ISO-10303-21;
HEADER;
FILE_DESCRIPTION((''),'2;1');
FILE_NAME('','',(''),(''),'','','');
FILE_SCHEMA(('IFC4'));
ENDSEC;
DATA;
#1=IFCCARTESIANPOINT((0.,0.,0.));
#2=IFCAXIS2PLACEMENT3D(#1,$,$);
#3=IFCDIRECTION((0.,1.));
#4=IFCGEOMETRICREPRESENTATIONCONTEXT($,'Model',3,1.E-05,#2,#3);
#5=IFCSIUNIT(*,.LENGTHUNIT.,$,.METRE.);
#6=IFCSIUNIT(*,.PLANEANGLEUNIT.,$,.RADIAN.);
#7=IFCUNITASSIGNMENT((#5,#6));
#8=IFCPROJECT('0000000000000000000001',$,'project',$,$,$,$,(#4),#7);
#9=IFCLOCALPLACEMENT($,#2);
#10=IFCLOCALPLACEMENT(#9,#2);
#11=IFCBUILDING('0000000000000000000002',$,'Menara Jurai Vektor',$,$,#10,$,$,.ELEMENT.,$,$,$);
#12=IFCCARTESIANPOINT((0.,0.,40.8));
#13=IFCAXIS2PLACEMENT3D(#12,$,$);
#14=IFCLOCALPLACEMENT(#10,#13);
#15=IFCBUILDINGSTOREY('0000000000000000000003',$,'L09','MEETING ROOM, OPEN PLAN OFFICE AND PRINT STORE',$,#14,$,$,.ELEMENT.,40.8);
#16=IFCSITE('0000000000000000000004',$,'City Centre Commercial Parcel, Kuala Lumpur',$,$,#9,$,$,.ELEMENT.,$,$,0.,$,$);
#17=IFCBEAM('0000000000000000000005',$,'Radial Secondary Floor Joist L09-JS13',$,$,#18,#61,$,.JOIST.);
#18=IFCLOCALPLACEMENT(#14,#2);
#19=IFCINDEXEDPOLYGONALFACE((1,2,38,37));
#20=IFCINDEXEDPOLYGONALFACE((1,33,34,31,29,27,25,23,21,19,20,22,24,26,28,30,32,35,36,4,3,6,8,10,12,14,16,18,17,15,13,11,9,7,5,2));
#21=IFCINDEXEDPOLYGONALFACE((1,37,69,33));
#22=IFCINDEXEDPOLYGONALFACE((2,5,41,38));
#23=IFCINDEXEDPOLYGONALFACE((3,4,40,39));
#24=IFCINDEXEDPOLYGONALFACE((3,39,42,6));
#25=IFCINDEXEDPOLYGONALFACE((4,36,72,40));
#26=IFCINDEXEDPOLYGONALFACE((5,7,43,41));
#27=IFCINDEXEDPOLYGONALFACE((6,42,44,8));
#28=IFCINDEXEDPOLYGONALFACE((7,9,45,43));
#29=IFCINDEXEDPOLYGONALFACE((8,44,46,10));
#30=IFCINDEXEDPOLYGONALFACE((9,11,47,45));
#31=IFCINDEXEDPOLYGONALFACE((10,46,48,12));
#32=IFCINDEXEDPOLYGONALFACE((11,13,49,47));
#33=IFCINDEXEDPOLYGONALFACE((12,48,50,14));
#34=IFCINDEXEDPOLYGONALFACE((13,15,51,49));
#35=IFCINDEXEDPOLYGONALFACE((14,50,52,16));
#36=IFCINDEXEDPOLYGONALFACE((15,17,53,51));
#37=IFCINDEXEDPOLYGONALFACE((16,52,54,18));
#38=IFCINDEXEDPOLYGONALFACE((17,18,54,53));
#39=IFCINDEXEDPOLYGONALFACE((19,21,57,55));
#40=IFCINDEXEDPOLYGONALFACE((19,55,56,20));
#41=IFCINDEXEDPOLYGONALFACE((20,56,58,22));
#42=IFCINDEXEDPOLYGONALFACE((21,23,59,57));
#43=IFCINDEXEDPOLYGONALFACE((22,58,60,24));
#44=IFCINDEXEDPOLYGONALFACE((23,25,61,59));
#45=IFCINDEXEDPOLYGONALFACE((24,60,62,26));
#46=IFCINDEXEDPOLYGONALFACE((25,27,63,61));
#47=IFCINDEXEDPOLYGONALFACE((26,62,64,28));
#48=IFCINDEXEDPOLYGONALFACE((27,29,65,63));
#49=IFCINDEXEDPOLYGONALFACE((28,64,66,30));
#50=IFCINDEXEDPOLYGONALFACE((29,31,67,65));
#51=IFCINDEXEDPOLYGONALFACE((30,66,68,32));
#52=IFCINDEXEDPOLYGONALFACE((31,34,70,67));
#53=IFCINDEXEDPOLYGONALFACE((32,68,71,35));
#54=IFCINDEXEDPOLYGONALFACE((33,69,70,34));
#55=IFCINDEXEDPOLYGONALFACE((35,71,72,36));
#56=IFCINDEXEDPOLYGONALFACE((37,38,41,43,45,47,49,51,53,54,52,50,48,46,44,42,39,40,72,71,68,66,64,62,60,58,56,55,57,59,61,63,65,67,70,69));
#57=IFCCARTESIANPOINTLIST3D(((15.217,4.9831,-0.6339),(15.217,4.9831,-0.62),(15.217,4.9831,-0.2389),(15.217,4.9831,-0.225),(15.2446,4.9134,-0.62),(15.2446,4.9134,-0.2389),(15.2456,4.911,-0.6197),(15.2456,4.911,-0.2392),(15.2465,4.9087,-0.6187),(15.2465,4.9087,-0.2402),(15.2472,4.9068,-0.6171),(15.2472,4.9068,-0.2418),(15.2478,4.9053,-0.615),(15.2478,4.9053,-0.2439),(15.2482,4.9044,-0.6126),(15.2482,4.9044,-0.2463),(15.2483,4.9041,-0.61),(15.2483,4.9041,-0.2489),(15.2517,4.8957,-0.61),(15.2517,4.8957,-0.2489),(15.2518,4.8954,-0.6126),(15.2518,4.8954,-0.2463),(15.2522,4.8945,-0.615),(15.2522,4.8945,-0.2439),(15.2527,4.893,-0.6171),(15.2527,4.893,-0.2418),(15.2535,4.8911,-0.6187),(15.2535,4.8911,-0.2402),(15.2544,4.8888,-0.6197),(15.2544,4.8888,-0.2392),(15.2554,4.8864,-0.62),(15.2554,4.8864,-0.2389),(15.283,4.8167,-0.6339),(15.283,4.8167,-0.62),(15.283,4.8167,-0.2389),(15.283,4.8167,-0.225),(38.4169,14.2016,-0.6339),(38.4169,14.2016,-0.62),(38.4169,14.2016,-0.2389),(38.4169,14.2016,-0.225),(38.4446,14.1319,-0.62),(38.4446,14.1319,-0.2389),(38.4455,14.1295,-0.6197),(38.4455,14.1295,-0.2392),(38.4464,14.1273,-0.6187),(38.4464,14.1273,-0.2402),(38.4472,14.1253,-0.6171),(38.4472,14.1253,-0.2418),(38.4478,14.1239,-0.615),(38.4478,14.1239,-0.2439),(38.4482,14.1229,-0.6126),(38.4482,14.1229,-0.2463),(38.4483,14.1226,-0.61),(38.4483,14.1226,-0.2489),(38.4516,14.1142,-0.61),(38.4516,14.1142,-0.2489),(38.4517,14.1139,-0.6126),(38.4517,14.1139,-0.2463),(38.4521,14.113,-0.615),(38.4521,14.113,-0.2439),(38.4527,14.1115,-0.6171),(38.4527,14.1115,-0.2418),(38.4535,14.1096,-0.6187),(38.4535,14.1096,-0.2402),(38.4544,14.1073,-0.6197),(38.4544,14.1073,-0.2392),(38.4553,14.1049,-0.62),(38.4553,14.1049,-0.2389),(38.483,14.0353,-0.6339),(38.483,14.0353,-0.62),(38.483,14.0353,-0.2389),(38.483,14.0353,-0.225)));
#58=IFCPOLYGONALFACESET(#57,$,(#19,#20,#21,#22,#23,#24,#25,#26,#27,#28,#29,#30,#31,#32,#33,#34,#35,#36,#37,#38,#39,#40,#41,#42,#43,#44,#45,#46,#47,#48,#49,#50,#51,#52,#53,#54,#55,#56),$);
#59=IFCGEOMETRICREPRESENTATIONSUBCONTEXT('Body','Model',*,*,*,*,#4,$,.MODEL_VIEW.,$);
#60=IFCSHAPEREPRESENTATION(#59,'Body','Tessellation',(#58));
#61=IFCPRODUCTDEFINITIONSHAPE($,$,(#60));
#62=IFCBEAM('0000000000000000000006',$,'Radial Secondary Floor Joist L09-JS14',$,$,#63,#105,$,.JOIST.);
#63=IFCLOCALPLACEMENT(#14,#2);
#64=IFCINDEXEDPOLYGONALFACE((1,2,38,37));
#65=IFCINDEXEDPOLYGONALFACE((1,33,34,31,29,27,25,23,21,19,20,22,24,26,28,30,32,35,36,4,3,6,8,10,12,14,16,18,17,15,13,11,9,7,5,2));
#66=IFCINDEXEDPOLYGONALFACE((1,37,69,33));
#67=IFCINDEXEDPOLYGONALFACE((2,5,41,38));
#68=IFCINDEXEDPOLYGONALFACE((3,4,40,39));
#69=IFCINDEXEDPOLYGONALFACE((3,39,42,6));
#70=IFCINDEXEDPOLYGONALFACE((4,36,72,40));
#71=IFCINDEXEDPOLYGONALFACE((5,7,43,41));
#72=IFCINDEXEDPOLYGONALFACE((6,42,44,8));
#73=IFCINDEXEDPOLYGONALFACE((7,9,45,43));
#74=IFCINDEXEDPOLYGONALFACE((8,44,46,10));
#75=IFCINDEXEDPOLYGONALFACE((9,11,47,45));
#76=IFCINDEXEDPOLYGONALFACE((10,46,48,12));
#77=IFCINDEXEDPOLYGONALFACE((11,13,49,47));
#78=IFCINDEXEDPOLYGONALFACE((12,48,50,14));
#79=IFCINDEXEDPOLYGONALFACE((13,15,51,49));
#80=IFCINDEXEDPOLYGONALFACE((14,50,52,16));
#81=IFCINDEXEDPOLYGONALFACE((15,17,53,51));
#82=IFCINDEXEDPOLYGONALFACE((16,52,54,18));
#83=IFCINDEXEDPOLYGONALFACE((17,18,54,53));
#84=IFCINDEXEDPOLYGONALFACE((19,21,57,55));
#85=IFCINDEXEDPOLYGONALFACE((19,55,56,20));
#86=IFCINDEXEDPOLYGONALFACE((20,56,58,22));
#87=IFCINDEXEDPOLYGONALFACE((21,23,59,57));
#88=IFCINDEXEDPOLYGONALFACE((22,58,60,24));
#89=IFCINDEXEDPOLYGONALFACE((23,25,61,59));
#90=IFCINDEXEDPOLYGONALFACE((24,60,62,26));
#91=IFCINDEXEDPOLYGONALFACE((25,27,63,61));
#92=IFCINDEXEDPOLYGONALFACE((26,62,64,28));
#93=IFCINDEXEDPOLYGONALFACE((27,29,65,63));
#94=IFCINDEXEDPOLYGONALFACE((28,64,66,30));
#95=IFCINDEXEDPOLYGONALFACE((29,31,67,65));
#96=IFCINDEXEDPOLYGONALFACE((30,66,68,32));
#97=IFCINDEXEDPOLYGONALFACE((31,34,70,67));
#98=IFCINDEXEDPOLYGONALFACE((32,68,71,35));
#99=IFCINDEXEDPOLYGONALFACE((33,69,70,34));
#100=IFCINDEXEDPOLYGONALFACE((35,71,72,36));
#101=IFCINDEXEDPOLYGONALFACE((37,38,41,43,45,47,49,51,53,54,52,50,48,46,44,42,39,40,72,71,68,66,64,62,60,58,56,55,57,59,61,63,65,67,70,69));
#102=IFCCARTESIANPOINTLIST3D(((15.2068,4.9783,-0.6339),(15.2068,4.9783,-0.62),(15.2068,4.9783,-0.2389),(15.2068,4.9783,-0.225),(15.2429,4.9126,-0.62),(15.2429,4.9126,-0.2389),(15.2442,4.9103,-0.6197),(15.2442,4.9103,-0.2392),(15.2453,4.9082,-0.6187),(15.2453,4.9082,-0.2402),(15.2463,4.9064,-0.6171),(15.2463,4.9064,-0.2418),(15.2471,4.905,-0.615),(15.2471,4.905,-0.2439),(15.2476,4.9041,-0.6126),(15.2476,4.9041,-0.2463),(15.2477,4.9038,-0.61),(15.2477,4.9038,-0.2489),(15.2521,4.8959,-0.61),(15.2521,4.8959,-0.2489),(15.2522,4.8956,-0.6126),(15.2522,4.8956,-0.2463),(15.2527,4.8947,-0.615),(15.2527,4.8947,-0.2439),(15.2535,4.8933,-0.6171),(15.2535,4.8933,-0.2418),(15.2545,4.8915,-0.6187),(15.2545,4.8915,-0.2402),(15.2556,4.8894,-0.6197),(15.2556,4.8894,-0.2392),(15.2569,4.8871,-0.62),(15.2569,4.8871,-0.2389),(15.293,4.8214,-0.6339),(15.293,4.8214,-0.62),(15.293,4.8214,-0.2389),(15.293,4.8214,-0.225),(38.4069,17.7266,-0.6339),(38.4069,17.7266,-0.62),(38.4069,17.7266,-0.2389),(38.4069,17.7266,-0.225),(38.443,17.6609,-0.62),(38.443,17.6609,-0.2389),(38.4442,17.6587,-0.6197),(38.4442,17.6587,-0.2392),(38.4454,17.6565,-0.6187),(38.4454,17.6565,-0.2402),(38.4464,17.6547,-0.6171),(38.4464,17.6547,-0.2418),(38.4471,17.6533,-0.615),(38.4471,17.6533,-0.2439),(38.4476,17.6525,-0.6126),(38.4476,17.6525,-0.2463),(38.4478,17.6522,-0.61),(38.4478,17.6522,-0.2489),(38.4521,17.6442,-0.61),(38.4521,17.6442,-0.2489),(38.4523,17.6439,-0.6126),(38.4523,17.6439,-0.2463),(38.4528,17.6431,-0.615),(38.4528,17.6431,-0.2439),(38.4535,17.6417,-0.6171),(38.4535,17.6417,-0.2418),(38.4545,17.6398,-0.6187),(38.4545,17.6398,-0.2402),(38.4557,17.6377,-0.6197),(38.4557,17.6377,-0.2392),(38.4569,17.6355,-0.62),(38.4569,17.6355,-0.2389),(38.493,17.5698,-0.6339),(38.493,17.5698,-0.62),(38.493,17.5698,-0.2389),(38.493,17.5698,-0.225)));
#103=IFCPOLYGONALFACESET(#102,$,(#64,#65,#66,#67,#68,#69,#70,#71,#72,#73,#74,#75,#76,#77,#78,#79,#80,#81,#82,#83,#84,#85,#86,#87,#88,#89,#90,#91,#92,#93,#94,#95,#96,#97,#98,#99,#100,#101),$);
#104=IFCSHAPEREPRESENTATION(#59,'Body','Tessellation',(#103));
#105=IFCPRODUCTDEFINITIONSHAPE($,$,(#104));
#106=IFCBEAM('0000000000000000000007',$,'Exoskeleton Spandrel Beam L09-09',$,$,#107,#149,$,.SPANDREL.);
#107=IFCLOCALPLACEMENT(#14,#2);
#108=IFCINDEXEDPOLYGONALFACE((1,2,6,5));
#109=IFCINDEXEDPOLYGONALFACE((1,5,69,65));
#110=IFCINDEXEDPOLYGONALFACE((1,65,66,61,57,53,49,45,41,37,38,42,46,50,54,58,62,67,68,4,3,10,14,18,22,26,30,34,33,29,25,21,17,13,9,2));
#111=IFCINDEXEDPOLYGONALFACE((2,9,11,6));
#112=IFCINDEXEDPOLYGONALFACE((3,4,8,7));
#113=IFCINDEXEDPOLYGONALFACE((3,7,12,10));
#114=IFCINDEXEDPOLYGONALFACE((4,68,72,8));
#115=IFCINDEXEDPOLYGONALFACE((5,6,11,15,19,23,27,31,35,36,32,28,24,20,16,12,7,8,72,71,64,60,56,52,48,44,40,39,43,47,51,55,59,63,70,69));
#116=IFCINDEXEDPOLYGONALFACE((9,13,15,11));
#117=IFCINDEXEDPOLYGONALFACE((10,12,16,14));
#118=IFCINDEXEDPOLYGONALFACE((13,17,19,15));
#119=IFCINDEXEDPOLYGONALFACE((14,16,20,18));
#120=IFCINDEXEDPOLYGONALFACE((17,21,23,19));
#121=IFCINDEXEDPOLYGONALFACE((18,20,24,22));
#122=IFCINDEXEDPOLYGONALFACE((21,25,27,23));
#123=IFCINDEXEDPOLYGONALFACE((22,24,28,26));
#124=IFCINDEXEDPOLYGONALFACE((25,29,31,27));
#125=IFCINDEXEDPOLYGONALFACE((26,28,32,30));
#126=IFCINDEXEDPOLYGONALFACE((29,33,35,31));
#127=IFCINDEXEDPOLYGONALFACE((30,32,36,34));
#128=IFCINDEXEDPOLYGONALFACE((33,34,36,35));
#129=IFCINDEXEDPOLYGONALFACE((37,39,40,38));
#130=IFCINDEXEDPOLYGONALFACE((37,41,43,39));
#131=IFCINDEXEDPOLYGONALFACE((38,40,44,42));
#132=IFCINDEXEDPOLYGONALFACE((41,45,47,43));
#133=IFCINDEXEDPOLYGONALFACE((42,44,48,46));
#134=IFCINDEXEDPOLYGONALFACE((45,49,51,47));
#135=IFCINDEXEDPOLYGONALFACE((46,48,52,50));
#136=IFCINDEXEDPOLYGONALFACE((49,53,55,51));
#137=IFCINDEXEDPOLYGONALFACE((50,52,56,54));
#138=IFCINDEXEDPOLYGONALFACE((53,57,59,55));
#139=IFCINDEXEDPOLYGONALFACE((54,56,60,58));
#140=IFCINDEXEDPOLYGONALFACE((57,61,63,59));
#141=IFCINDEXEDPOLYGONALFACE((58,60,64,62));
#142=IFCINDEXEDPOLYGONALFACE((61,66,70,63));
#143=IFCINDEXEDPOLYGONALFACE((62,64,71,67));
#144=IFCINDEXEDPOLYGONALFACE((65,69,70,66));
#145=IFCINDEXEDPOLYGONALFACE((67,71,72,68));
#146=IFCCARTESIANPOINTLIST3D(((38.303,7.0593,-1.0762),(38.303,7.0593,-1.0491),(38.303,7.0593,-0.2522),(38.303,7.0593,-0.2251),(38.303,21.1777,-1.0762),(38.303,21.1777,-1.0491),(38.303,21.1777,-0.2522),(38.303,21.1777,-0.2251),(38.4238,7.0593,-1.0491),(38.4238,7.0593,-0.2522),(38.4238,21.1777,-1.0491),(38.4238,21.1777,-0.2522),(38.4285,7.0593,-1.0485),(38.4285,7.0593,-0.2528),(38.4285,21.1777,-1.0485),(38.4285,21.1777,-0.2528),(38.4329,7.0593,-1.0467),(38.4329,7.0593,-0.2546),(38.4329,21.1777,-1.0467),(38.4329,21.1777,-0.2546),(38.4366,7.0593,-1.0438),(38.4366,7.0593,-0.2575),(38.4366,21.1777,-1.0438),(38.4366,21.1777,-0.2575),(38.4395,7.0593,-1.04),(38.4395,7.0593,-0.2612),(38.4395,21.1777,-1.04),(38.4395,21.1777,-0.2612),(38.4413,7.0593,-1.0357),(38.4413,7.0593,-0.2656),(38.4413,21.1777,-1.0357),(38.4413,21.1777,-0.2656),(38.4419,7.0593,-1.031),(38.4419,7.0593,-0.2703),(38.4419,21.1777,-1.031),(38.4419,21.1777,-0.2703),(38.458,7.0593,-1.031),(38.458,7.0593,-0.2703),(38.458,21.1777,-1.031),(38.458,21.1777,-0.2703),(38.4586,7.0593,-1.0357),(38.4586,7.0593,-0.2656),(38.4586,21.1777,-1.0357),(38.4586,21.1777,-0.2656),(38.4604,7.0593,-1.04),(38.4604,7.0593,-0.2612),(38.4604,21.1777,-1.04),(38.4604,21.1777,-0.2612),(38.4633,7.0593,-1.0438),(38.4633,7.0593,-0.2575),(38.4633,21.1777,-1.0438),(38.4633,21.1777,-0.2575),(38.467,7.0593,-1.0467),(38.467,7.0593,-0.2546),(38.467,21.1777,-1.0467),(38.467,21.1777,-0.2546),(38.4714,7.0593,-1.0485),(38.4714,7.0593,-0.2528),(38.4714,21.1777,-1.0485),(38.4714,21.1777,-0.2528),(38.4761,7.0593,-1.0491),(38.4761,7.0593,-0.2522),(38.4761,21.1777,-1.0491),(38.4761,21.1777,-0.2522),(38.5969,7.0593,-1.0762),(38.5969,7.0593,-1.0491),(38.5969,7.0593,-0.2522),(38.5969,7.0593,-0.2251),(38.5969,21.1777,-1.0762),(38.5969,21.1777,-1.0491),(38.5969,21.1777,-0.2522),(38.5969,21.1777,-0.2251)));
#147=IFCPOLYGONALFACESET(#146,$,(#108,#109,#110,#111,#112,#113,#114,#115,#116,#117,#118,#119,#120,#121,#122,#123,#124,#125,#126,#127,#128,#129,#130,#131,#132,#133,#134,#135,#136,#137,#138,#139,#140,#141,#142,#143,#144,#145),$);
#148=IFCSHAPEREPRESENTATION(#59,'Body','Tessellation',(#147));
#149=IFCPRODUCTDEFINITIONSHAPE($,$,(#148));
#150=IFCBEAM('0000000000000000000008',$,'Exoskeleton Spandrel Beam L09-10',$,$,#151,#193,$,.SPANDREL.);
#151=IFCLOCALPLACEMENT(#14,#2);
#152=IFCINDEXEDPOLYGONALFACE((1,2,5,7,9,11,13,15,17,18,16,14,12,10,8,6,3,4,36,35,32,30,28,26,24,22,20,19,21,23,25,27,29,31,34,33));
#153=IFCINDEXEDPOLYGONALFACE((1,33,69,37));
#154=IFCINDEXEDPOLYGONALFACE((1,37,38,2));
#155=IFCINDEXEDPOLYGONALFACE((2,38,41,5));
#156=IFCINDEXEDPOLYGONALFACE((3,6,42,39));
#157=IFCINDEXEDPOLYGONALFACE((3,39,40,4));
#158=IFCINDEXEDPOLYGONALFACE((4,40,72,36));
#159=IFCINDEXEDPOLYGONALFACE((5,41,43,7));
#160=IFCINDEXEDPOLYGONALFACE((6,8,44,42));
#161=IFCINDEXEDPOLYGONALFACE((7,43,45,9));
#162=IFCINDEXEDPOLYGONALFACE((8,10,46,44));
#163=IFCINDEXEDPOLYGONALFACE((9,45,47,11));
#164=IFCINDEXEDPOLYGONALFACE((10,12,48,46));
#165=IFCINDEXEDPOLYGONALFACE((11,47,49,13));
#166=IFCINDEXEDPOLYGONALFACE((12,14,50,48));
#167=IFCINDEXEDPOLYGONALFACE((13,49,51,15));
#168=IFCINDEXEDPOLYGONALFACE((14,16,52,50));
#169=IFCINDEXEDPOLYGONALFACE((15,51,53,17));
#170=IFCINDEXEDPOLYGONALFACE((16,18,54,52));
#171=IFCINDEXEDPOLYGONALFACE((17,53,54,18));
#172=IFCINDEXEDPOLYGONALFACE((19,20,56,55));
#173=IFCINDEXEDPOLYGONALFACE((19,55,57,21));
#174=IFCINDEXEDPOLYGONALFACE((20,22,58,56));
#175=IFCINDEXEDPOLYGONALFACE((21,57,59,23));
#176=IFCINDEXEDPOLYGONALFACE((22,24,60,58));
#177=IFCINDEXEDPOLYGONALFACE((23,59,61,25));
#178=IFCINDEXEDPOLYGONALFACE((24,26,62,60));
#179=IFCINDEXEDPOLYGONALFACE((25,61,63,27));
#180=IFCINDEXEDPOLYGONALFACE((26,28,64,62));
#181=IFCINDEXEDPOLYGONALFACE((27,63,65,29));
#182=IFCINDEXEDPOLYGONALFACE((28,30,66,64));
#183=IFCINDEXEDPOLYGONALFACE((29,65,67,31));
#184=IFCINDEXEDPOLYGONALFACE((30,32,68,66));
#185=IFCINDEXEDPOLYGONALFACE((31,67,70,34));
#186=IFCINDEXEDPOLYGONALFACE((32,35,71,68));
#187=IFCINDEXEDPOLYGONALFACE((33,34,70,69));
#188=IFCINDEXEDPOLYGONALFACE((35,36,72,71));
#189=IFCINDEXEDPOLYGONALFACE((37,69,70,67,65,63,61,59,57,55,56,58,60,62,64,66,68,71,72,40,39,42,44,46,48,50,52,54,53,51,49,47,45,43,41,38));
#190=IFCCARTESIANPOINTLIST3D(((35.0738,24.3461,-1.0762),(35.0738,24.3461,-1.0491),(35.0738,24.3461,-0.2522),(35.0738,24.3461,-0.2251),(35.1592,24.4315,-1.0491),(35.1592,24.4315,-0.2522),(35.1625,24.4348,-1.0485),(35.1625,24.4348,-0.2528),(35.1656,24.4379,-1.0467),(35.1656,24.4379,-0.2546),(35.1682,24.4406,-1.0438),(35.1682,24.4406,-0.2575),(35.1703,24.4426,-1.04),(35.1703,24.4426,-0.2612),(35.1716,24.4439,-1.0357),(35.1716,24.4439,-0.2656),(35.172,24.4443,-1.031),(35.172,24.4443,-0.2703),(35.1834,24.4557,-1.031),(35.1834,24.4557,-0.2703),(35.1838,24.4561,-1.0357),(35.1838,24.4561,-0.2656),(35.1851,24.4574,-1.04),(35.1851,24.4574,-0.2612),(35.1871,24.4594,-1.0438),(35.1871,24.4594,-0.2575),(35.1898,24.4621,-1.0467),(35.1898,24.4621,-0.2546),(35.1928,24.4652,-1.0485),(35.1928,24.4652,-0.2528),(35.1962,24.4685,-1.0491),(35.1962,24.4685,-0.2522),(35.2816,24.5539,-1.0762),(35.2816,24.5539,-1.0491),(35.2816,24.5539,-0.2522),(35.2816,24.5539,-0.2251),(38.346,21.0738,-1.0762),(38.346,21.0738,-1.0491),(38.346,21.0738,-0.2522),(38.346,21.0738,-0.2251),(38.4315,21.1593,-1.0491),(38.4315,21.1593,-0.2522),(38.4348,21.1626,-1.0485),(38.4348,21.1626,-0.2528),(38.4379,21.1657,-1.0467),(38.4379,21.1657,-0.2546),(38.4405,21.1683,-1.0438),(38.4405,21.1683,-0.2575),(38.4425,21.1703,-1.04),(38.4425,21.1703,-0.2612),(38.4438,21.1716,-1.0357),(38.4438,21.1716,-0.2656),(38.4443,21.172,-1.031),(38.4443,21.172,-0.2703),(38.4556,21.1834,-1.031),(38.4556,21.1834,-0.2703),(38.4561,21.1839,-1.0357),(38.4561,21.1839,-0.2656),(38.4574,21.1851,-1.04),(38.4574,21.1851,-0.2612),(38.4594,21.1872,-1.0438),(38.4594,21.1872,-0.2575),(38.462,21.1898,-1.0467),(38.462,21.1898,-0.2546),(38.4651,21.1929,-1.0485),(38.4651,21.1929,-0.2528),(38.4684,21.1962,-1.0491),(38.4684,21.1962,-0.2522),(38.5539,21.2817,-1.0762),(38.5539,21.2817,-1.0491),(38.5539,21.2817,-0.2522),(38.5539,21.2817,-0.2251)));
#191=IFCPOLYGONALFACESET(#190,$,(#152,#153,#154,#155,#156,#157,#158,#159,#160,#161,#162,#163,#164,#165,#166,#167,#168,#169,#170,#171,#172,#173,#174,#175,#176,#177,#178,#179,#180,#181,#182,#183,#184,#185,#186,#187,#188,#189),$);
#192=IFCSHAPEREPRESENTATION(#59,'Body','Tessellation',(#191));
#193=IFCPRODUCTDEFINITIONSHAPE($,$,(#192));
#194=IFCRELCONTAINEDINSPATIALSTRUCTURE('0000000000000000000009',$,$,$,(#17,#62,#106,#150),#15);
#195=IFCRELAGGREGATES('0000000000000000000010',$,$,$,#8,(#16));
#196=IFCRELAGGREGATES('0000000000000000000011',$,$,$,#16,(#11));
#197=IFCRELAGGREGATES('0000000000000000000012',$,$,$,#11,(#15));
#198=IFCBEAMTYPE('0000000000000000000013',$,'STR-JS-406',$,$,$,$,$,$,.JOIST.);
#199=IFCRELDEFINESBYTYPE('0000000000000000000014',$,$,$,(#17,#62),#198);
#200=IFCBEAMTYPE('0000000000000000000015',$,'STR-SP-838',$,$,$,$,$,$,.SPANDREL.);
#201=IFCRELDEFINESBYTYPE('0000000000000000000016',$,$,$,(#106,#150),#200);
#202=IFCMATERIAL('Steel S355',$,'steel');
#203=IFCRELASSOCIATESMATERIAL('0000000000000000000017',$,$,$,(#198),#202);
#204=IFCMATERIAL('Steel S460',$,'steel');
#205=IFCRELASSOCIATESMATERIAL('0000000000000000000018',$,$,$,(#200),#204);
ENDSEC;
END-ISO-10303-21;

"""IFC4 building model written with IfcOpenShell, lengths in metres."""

from ifc_helpers import new_model, si_unit, direction, frame, origin, origin_2d, place, context, subcontext, project, spatial, i_section, extrude, material, material_profile, profile_set, type_object, element, save


model = new_model("IFC4")

# Units and contexts
model_context = context("Model", 3, precision=1e-05, world=origin(), true_north=direction((0.0, 1.0)))
body_context = subcontext(model_context, "Body", "Model", "MODEL_VIEW")
ifc_project = project(units=[si_unit("LENGTHUNIT", "METRE"), si_unit("PLANEANGLEUNIT", "RADIAN")], contexts=[model_context])

# Site, building, storey
site_placement = place(None, origin())
site = spatial("IfcSite", under=ifc_project, at=site_placement, Name="City Centre Commercial Parcel, Kuala Lumpur", CompositionType="ELEMENT", RefElevation=0.0)
building_placement = place(site_placement, origin())
building = spatial("IfcBuilding", under=site, at=building_placement, Name="Menara Jurai Vektor", CompositionType="ELEMENT")
storey_placement = place(building_placement, frame((0.0, 0.0, 40.8)))
storey = spatial("IfcBuildingStorey", under=building, at=storey_placement, Name="L09", Description="MEETING ROOM, OPEN PLAN OFFICE AND PRINT STORE", CompositionType="ELEMENT", Elevation=40.8)

# Shared definitions
ifc_material_1 = material(Name="Steel S460", Category="steel")

# Beams
ifc_material_2 = material(Name="Steel S355", Category="steel")
ifc_material_profile_1 = material_profile(ifc_material_2, i_section(OverallWidth=0.179, OverallDepth=0.4089, WebThickness=0.009, FlangeThickness=0.0139, FilletRadius=0.01, at=origin_2d()), Name="UKB 406x178x67")
ifc_profile_set_1 = profile_set([ifc_material_profile_1], Name="Steel S355")
beam_type_1 = type_object("IfcBeamType", Name="STR-JS-406", PredefinedType="JOIST", material=ifc_profile_set_1)
beam_1_placement = place(storey_placement, frame((38.45, 14.1184, -0.4294), z_axis=(-0.929323, -0.369267, 0.0), x_axis=(0.369267, -0.929323, 0.0)))
element("IfcBeam", 1, at=beam_1_placement, inside=storey, type_object=beam_type_1, Name="Radial Secondary Floor Joist L09-JS13", PredefinedType="JOIST", context=body_context, shape_type="SweptSolid", body=[
    extrude(i_section(OverallWidth=0.179, OverallDepth=0.4089, WebThickness=0.009, FlangeThickness=0.0139, FilletRadius=0.01, at=origin_2d()), origin(), (0.0, 0.0, 1.0), 24.9644),
])
beam_2_placement = place(storey_placement, frame((38.45, 17.6482, -0.4294), z_axis=(-0.876402, -0.48158, 0.0), x_axis=(0.48158, -0.876402, 0.0)))
element("IfcBeam", 2, at=beam_2_placement, inside=storey, type_object=beam_type_1, Name="Radial Secondary Floor Joist L09-JS14", PredefinedType="JOIST", context=body_context, shape_type="SweptSolid", body=[
    extrude(i_section(OverallWidth=0.179, OverallDepth=0.4089, WebThickness=0.009, FlangeThickness=0.0139, FilletRadius=0.01, at=origin_2d()), origin(), (0.0, 0.0, 1.0), 26.4719),
])
ifc_material_profile_2 = material_profile(ifc_material_1, i_section(OverallWidth=0.2939, OverallDepth=0.8511, WebThickness=0.0161, FlangeThickness=0.0271, FilletRadius=0.0181, at=origin_2d()), Name="UKB 838x292x226")
ifc_profile_set_2 = profile_set([ifc_material_profile_2], Name="Steel S460")
beam_type_2 = type_object("IfcBeamType", Name="STR-SP-838", PredefinedType="SPANDREL", material=ifc_profile_set_2)
beam_3_placement = place(storey_placement, frame((38.45, 7.0593, -0.6506), z_axis=(0.0, 1.0, 0.0), x_axis=(-1.0, 0.0, 0.0)))
element("IfcBeam", 3, at=beam_3_placement, inside=storey, type_object=beam_type_2, Name="Exoskeleton Spandrel Beam L09-09", PredefinedType="SPANDREL", context=body_context, shape_type="SweptSolid", body=[
    extrude(i_section(OverallWidth=0.2939, OverallDepth=0.8511, WebThickness=0.0161, FlangeThickness=0.0271, FilletRadius=0.0181, at=origin_2d()), origin(), (0.0, 0.0, 1.0), 14.1184),
])
beam_4_placement = place(storey_placement, frame((38.45, 21.1777, -0.6506), z_axis=(-0.707107, 0.707107, 0.0), x_axis=(-0.707107, -0.707107, 0.0)))
element("IfcBeam", 4, at=beam_4_placement, inside=storey, type_object=beam_type_2, Name="Exoskeleton Spandrel Beam L09-10", PredefinedType="SPANDREL", context=body_context, shape_type="SweptSolid", body=[
    extrude(i_section(OverallWidth=0.2939, OverallDepth=0.8511, WebThickness=0.0161, FlangeThickness=0.0271, FilletRadius=0.0181, at=origin_2d()), origin(), (0.0, 0.0, 1.0), 4.6277),
])

save(model, "model.ifc")
